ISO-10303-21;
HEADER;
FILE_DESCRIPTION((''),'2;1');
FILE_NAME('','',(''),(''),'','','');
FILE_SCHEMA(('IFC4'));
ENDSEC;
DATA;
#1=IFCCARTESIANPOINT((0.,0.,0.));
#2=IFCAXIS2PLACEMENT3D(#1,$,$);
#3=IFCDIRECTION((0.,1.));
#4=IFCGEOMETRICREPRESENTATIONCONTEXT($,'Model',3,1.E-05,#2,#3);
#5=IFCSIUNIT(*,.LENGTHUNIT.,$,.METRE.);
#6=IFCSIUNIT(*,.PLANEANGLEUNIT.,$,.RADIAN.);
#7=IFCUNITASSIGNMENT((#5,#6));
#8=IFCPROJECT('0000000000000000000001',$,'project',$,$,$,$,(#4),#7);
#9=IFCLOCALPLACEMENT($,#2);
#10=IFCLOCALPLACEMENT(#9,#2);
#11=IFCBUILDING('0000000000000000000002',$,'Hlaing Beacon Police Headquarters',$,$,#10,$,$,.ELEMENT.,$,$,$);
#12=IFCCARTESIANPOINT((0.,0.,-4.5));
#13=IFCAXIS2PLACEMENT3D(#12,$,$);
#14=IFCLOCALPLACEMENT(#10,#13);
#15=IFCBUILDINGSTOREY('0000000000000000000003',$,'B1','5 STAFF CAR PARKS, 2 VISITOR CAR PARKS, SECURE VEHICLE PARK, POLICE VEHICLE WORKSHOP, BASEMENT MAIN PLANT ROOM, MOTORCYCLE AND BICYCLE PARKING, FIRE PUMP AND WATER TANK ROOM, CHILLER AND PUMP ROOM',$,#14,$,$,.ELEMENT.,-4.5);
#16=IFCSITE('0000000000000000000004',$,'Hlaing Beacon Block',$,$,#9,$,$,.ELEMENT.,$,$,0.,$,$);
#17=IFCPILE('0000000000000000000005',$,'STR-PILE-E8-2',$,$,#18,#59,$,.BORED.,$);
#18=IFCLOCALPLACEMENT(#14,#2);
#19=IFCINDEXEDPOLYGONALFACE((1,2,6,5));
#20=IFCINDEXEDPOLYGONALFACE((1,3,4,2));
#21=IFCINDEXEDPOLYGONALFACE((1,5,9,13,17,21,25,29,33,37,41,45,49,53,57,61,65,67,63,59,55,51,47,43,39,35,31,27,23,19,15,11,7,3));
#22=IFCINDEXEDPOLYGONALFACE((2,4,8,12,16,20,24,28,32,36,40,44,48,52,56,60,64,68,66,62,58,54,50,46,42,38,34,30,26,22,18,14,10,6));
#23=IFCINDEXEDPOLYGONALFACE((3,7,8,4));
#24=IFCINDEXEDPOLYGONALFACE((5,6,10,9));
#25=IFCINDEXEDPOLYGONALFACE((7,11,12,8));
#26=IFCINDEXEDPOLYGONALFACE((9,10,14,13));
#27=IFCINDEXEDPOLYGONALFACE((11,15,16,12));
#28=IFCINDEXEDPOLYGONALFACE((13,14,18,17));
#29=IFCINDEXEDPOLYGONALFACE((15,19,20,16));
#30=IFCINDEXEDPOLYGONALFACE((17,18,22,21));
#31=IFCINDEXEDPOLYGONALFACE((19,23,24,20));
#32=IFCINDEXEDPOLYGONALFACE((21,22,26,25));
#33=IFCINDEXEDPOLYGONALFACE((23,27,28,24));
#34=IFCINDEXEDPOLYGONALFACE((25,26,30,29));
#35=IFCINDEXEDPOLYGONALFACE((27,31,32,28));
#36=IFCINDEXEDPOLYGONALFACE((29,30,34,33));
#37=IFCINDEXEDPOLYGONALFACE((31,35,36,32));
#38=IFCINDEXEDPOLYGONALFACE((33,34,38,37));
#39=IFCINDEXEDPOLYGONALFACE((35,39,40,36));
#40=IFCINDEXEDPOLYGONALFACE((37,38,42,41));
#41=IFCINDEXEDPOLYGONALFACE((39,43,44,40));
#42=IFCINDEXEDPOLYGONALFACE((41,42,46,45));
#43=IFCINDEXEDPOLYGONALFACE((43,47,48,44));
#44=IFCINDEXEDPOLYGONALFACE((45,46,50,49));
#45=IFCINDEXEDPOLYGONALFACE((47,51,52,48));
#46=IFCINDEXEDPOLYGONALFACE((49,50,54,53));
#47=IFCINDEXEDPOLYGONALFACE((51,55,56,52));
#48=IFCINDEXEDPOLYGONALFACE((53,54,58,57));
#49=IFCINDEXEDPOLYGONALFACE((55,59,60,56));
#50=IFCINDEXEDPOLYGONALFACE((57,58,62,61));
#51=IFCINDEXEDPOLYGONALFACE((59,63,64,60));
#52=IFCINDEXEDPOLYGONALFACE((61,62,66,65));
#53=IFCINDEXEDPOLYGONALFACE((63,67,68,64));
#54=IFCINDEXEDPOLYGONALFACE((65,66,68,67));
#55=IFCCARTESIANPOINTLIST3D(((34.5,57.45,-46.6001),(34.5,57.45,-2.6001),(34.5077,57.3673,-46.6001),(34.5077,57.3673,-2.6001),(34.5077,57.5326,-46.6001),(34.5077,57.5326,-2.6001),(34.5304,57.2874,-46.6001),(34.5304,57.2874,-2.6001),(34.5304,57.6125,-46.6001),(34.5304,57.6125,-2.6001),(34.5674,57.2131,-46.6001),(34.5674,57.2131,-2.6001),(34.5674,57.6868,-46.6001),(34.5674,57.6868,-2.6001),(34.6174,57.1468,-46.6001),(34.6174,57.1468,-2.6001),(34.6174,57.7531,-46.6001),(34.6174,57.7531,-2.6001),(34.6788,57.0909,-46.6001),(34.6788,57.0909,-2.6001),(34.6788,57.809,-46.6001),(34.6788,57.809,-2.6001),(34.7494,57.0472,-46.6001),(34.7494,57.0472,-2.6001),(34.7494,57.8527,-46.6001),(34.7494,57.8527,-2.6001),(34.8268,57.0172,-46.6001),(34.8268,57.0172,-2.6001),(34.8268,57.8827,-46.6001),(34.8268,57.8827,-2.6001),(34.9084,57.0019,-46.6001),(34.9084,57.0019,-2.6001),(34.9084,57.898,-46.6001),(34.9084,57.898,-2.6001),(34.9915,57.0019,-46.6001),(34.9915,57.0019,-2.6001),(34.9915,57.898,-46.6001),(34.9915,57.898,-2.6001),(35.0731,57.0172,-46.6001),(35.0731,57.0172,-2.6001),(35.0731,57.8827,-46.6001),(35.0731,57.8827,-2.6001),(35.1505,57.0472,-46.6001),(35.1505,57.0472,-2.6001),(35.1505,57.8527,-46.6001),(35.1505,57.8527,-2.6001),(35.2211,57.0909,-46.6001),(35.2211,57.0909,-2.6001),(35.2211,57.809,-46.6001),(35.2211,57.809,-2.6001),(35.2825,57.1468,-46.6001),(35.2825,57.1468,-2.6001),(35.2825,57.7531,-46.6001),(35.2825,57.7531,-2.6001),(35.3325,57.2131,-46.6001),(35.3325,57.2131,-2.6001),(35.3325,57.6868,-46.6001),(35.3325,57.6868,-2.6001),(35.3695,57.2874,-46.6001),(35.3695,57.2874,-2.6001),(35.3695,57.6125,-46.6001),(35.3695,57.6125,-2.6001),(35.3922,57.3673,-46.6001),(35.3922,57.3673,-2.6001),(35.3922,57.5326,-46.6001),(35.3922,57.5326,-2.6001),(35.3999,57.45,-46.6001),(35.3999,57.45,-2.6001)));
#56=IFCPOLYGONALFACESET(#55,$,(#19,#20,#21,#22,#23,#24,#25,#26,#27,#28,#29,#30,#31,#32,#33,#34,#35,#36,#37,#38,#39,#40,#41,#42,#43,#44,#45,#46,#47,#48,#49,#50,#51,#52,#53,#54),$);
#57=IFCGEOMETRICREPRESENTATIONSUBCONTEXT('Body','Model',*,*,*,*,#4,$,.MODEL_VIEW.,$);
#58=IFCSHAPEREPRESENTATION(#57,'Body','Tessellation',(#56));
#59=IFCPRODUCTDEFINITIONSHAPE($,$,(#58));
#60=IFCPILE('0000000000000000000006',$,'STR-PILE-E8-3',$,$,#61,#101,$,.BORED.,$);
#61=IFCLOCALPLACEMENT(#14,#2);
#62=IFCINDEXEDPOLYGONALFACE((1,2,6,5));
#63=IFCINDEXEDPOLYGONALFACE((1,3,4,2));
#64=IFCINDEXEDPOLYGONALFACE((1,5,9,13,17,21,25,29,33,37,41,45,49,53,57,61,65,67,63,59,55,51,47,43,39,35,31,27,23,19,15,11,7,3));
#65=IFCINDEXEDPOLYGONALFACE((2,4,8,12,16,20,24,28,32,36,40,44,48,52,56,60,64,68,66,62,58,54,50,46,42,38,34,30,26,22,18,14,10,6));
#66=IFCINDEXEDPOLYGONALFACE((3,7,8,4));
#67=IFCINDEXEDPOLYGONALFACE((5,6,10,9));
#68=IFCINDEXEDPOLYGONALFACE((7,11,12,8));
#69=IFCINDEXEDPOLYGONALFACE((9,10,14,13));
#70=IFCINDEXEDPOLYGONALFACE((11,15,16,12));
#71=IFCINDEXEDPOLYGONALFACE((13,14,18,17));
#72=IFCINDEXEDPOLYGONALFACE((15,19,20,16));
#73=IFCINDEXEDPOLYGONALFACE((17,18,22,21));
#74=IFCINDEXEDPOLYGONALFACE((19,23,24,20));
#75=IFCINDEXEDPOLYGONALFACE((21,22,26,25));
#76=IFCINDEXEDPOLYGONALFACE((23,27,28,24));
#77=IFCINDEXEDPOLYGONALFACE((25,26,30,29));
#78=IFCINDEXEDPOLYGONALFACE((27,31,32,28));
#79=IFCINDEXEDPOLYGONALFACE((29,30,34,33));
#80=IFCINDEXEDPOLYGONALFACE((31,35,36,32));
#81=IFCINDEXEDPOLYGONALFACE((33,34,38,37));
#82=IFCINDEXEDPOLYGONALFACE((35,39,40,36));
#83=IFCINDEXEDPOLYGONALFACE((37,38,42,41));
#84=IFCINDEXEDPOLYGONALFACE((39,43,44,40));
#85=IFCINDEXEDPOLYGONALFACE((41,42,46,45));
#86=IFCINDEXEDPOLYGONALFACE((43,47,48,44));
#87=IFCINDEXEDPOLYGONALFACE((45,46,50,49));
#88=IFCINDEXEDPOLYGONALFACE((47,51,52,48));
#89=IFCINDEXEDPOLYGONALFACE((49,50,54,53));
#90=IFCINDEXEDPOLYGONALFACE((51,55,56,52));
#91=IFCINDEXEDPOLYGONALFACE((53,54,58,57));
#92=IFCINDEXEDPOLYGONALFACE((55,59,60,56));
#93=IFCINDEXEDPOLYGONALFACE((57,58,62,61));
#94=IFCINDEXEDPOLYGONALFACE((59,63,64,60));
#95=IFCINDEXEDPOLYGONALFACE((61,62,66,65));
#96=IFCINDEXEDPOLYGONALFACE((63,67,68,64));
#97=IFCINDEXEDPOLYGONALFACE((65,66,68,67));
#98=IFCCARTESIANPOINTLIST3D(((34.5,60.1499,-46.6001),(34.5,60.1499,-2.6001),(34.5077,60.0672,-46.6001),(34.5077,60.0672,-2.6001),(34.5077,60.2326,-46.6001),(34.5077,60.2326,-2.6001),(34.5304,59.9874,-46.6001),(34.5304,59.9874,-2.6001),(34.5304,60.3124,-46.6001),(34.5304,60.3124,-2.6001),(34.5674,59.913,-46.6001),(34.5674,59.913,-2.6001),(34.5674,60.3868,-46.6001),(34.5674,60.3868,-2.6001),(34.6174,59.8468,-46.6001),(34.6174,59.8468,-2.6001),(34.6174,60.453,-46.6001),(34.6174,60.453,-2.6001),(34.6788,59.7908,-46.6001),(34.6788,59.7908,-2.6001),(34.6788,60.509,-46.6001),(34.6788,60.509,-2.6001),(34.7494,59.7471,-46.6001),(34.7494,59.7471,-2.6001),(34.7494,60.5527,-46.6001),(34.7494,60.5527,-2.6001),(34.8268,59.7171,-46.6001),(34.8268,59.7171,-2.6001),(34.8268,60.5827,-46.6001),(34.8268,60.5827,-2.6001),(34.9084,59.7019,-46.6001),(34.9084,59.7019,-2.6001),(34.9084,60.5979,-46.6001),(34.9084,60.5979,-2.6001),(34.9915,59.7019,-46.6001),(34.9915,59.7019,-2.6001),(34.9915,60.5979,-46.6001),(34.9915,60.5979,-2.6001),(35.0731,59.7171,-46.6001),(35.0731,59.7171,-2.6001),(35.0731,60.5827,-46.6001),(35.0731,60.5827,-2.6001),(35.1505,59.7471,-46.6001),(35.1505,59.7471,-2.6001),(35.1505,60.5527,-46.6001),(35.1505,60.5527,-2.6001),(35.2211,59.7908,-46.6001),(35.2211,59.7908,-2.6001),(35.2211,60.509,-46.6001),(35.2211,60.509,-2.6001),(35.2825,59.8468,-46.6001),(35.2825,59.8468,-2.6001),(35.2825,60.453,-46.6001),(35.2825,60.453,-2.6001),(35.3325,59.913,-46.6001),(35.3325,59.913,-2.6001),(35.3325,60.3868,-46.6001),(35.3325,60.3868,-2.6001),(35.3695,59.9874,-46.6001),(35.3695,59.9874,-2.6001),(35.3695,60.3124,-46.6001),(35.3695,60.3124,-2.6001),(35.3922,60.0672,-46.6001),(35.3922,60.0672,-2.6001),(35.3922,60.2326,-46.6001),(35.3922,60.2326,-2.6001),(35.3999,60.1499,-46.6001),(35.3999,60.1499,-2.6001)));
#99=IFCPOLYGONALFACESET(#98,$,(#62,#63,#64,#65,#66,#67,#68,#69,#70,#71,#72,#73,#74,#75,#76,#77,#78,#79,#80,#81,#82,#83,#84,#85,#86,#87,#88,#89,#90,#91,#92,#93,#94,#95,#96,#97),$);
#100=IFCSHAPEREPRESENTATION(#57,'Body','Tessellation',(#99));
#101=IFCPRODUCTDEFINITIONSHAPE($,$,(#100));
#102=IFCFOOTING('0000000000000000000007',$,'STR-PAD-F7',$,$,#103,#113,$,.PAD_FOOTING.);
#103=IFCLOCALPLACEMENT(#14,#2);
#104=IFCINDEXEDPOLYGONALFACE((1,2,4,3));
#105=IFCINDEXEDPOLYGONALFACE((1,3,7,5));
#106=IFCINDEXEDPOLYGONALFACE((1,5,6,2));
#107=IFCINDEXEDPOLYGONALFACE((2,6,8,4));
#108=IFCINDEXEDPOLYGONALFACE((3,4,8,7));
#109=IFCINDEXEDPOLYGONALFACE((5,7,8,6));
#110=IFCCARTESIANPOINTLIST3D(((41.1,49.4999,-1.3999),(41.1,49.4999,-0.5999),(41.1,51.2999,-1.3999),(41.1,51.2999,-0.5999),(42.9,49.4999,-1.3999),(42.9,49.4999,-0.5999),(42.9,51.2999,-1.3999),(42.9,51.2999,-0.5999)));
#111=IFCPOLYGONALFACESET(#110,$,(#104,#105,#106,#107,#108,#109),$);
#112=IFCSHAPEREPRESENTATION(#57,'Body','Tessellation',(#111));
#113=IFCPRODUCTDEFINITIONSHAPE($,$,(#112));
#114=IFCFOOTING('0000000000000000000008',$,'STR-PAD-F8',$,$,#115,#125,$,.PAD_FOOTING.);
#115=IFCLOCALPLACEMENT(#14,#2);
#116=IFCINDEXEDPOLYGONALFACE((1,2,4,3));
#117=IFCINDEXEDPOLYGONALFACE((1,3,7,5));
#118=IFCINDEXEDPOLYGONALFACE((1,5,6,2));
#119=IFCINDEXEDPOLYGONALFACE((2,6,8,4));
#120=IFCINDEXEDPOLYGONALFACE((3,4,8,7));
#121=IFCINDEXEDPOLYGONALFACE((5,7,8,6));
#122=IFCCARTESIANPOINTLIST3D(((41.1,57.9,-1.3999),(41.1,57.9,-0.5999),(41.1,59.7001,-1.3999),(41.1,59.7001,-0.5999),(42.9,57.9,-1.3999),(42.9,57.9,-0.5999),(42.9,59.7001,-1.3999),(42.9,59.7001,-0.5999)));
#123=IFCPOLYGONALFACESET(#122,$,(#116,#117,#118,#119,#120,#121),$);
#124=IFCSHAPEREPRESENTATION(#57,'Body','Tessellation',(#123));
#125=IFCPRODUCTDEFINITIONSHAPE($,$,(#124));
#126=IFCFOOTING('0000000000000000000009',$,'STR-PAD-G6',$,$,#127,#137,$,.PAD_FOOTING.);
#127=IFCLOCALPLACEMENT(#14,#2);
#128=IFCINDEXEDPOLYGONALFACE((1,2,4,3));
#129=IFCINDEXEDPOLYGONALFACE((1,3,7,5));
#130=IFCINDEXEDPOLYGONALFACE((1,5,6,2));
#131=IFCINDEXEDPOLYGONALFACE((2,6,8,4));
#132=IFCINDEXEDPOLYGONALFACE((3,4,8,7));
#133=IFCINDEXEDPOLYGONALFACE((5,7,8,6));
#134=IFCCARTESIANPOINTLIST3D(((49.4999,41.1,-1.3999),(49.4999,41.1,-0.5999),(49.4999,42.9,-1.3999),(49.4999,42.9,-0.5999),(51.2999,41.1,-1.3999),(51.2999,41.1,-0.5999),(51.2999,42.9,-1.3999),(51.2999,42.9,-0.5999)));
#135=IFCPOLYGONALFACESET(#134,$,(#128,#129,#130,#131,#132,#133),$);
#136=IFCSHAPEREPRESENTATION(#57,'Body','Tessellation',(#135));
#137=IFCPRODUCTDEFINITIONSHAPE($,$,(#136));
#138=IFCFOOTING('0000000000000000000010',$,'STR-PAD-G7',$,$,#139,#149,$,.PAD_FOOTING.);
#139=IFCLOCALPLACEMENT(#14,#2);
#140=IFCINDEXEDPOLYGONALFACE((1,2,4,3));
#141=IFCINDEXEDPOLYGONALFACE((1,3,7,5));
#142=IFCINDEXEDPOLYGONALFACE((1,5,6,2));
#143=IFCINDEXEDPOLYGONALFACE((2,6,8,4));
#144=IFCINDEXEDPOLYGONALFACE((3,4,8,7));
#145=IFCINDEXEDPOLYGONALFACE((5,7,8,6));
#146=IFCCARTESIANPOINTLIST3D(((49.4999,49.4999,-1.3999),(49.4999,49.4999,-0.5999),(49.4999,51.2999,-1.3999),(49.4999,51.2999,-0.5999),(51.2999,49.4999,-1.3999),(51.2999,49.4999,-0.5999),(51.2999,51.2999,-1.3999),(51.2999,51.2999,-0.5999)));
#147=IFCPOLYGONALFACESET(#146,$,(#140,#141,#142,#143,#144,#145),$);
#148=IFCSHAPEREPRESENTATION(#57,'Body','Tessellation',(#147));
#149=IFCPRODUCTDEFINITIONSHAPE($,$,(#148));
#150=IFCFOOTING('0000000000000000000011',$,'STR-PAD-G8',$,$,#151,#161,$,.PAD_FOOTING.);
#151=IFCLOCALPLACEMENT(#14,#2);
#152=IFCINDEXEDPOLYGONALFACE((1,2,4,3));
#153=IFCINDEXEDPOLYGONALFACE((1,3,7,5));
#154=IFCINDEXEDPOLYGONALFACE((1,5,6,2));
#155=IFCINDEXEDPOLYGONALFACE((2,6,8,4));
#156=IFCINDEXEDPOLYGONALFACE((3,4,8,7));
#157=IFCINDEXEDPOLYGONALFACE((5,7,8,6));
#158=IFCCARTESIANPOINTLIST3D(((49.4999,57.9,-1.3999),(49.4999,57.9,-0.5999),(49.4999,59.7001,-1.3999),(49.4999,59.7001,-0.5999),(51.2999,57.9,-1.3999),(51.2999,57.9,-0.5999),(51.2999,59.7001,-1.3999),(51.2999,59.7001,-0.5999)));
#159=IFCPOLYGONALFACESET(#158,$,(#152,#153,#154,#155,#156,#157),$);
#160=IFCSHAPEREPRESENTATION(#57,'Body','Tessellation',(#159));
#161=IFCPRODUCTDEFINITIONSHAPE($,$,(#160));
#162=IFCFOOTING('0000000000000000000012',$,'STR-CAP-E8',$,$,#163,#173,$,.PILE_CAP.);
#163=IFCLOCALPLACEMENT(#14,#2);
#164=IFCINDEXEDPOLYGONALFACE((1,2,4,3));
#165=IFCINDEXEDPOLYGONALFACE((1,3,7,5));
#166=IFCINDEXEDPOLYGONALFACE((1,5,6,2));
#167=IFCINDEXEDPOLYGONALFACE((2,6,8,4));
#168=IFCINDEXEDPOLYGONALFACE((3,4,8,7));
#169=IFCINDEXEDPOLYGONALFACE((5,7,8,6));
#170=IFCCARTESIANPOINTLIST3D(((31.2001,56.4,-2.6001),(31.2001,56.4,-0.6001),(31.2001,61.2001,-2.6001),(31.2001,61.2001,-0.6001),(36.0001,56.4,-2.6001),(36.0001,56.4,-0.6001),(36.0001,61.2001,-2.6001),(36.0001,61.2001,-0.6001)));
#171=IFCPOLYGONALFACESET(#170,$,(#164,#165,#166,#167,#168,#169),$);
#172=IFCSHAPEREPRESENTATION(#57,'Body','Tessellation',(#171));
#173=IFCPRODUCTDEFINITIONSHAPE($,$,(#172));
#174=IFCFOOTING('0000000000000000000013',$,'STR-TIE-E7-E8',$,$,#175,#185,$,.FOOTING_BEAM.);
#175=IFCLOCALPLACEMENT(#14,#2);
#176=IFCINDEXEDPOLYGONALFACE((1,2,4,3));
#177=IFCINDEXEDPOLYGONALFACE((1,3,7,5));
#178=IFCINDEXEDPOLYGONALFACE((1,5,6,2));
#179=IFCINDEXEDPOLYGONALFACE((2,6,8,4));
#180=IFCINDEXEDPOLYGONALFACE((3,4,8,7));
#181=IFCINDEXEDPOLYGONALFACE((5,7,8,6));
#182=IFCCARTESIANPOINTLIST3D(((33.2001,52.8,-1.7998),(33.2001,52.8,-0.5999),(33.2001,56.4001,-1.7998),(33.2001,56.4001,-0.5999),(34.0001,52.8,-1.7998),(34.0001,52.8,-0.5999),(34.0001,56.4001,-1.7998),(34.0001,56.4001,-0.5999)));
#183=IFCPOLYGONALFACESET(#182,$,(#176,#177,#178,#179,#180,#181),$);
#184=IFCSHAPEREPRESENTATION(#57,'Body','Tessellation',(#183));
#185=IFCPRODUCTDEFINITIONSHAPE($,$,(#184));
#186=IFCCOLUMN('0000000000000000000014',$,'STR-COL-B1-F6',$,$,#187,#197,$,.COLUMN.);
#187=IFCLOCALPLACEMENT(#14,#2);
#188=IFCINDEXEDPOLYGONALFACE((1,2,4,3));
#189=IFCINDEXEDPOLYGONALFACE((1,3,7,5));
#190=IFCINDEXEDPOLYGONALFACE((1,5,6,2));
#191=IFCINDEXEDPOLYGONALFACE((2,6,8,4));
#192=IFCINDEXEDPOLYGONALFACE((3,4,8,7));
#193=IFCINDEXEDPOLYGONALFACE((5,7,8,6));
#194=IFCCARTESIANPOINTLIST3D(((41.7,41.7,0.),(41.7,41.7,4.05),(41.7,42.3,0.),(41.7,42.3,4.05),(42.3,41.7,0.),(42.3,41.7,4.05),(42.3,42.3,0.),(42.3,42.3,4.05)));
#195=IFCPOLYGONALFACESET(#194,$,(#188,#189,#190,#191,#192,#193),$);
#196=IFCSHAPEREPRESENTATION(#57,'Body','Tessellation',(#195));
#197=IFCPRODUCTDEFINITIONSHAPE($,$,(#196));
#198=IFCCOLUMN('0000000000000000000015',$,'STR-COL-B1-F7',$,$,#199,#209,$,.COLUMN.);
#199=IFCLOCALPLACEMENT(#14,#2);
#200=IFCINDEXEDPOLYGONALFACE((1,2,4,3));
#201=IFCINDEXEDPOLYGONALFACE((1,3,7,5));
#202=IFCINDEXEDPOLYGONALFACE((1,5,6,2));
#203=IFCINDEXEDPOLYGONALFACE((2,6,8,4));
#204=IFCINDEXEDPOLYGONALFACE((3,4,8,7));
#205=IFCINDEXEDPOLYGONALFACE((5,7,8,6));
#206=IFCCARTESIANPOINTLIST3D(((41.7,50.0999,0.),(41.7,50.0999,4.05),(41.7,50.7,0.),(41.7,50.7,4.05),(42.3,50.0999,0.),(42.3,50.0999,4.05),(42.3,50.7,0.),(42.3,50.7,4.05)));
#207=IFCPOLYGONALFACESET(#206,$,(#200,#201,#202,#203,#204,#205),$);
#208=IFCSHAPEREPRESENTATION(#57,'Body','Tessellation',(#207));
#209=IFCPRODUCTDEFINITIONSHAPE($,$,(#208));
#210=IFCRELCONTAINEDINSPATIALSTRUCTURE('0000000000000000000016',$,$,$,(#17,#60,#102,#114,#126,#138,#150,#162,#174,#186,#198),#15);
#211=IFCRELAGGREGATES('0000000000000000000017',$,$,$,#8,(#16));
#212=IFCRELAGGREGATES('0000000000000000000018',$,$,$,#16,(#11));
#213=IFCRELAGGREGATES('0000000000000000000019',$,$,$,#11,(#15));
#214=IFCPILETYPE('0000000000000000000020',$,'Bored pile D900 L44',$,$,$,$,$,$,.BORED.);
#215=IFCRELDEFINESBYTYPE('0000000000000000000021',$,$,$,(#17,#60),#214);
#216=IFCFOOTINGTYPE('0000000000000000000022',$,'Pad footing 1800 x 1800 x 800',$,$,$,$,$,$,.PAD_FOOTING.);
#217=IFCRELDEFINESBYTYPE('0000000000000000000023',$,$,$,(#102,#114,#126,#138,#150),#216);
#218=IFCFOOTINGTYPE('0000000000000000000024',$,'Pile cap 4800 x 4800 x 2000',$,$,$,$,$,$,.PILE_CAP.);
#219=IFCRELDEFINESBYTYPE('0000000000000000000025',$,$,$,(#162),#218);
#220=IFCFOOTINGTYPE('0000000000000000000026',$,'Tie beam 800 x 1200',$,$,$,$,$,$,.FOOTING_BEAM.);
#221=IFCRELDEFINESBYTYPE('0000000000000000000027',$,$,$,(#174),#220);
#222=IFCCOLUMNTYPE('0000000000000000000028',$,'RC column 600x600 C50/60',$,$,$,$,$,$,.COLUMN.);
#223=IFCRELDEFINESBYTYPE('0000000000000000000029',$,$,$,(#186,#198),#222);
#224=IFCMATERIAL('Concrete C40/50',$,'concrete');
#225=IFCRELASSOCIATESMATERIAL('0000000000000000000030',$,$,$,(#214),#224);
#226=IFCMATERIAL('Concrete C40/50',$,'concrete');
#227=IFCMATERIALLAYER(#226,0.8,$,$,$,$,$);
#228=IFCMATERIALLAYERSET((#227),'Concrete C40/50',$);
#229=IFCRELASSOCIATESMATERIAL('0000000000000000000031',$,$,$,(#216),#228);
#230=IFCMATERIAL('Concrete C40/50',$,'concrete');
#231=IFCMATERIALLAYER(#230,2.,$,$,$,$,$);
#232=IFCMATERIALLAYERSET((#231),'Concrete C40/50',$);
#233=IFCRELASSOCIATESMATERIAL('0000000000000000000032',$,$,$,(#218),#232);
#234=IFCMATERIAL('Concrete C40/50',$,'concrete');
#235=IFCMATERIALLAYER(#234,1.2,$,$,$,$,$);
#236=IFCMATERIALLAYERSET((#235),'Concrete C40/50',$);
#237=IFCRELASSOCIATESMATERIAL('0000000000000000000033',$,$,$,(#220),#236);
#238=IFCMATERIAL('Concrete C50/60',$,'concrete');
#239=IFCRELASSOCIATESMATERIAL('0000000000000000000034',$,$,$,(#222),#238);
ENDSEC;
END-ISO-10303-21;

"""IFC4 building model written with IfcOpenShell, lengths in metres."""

from ifc_helpers import new_model, si_unit, direction, frame, origin, origin_2d, place, context, subcontext, project, spatial, rectangle, circle, extrude, material, layer, layer_set, material_profile, profile_set, type_object, element, save


model = new_model("IFC4")

# Units and contexts
model_context = context("Model", 3, precision=1e-05, world=origin(), true_north=direction((0.0, 1.0)))
body_context = subcontext(model_context, "Body", "Model", "MODEL_VIEW")
ifc_project = project(units=[si_unit("LENGTHUNIT", "METRE"), si_unit("PLANEANGLEUNIT", "RADIAN")], contexts=[model_context])

# Site, building, storey
site_placement = place(None, origin())
site = spatial("IfcSite", under=ifc_project, at=site_placement, Name="Hlaing Beacon Block", CompositionType="ELEMENT", RefElevation=0.0)
building_placement = place(site_placement, origin())
building = spatial("IfcBuilding", under=site, at=building_placement, Name="Hlaing Beacon Police Headquarters", CompositionType="ELEMENT")
storey_placement = place(building_placement, frame((0.0, 0.0, -4.5)))
storey = spatial("IfcBuildingStorey", under=building, at=storey_placement, Name="B1", Description="5 STAFF CAR PARKS, 2 VISITOR CAR PARKS, SECURE VEHICLE PARK, POLICE VEHICLE WORKSHOP, BASEMENT MAIN PLANT ROOM, MOTORCYCLE AND BICYCLE PARKING, FIRE PUMP AND WATER TANK ROOM, CHILLER AND PUMP ROOM", CompositionType="ELEMENT", Elevation=-4.5)

# Piles
ifc_material_1 = material(Name="Concrete C40/50", Category="concrete")
ifc_material_profile_1 = material_profile(ifc_material_1, circle(Radius=0.45, at=origin_2d()), Name="D900")
ifc_profile_set_1 = profile_set([ifc_material_profile_1], Name="Concrete C40/50")
pile_type_1 = type_object("IfcPileType", Name="Bored pile D900 L44", PredefinedType="BORED", material=ifc_profile_set_1)
for number, where, z_axis, x_axis, name in (
    (1, (34.95, 57.45, -2.6001), (0.0, 0.0, -1.0), (1.0, 0.0, 0.0), "STR-PILE-E8-2"),
    (2, (34.95, 60.1499, -2.6001), (0.0, 0.0, -1.0), (1.0, 0.0, 0.0), "STR-PILE-E8-3"),
):
    element("IfcPile", number, at=place(storey_placement, frame(where, z_axis=z_axis, x_axis=x_axis)), inside=storey, type_object=pile_type_1, Name=name, PredefinedType="BORED", context=body_context, shape_type="SweptSolid", body=[
        extrude(circle(Radius=0.45, at=origin_2d()), origin(), (0.0, 0.0, 1.0), 44.0),
    ])

# Footings
ifc_material_2 = material(Name="Concrete C40/50", Category="concrete")
ifc_layer_1 = layer(ifc_material_2, 0.8)
ifc_layer_set_1 = layer_set([ifc_layer_1], Name="Concrete C40/50")
footing_type_1 = type_object("IfcFootingType", Name="Pad footing 1800 x 1800 x 800", PredefinedType="PAD_FOOTING", material=ifc_layer_set_1)
for number, where, z_axis, x_axis, name in (
    (3, (42.0, 50.3999, -1.3999), (0.0, 0.0, 1.0), (1.0, 0.0, 0.0), "STR-PAD-F7"),
    (4, (42.0, 58.8, -1.3999), (0.0, 0.0, 1.0), (1.0, 0.0, 0.0), "STR-PAD-F8"),
    (5, (50.3999, 42.0, -1.3999), (0.0, 0.0, 1.0), (1.0, 0.0, 0.0), "STR-PAD-G6"),
    (6, (50.3999, 50.3999, -1.3999), (0.0, 0.0, 1.0), (1.0, 0.0, 0.0), "STR-PAD-G7"),
    (7, (50.3999, 58.8, -1.3999), (0.0, 0.0, 1.0), (1.0, 0.0, 0.0), "STR-PAD-G8"),
):
    element("IfcFooting", number, at=place(storey_placement, frame(where, z_axis=z_axis, x_axis=x_axis)), inside=storey, type_object=footing_type_1, Name=name, PredefinedType="PAD_FOOTING", context=body_context, shape_type="SweptSolid", body=[
        extrude(rectangle(XDim=1.8, YDim=1.8, at=origin_2d()), origin(), (0.0, 0.0, 1.0), 0.8),
    ])
ifc_material_3 = material(Name="Concrete C40/50", Category="concrete")
ifc_layer_2 = layer(ifc_material_3, 2.0)
ifc_layer_set_2 = layer_set([ifc_layer_2], Name="Concrete C40/50")
footing_type_2 = type_object("IfcFootingType", Name="Pile cap 4800 x 4800 x 2000", PredefinedType="PILE_CAP", material=ifc_layer_set_2)
footing_1_placement = place(storey_placement, frame((33.6001, 58.8, -2.6001), z_axis=(0.0, 0.0, 1.0), x_axis=(1.0, 0.0, 0.0)))
element("IfcFooting", 8, at=footing_1_placement, inside=storey, type_object=footing_type_2, Name="STR-CAP-E8", PredefinedType="PILE_CAP", context=body_context, shape_type="SweptSolid", body=[
    extrude(rectangle(XDim=4.8, YDim=4.8, at=origin_2d()), origin(), (0.0, 0.0, 1.0), 2.0),
])
ifc_material_4 = material(Name="Concrete C40/50", Category="concrete")
ifc_layer_3 = layer(ifc_material_4, 1.2)
ifc_layer_set_3 = layer_set([ifc_layer_3], Name="Concrete C40/50")
footing_type_3 = type_object("IfcFootingType", Name="Tie beam 800 x 1200", PredefinedType="FOOTING_BEAM", material=ifc_layer_set_3)
footing_2_placement = place(storey_placement, frame((33.6001, 54.6001, -1.7998), z_axis=(0.0, 0.0, 1.0), x_axis=(1.0, 0.0, 0.0)))
element("IfcFooting", 9, at=footing_2_placement, inside=storey, type_object=footing_type_3, Name="STR-TIE-E7-E8", PredefinedType="FOOTING_BEAM", context=body_context, shape_type="SweptSolid", body=[
    extrude(rectangle(XDim=0.8, YDim=3.6001, at=origin_2d()), origin(), (0.0, 0.0, 1.0), 1.2),
])

# Columns
ifc_material_5 = material(Name="Concrete C50/60", Category="concrete")
ifc_material_profile_2 = material_profile(ifc_material_5, rectangle(XDim=0.6001, YDim=0.6001, at=origin_2d()), Name="600x600")
ifc_profile_set_2 = profile_set([ifc_material_profile_2], Name="Concrete C50/60")
column_type_1 = type_object("IfcColumnType", Name="RC column 600x600 C50/60", PredefinedType="COLUMN", material=ifc_profile_set_2)
for number, where, z_axis, x_axis, name in (
    (10, (42.0, 42.0, 0.0), (0.0, 0.0, 1.0), (1.0, 0.0, 0.0), "STR-COL-B1-F6"),
    (11, (42.0, 50.3999, 0.0), (0.0, 0.0, 1.0), (1.0, 0.0, 0.0), "STR-COL-B1-F7"),
):
    element("IfcColumn", number, at=place(storey_placement, frame(where, z_axis=z_axis, x_axis=x_axis)), inside=storey, type_object=column_type_1, Name=name, PredefinedType="COLUMN", context=body_context, shape_type="SweptSolid", body=[
        extrude(rectangle(XDim=0.6001, YDim=0.6001, at=origin_2d()), origin(), (0.0, 0.0, 1.0), 4.05),
    ])

save(model, "model.ifc")
